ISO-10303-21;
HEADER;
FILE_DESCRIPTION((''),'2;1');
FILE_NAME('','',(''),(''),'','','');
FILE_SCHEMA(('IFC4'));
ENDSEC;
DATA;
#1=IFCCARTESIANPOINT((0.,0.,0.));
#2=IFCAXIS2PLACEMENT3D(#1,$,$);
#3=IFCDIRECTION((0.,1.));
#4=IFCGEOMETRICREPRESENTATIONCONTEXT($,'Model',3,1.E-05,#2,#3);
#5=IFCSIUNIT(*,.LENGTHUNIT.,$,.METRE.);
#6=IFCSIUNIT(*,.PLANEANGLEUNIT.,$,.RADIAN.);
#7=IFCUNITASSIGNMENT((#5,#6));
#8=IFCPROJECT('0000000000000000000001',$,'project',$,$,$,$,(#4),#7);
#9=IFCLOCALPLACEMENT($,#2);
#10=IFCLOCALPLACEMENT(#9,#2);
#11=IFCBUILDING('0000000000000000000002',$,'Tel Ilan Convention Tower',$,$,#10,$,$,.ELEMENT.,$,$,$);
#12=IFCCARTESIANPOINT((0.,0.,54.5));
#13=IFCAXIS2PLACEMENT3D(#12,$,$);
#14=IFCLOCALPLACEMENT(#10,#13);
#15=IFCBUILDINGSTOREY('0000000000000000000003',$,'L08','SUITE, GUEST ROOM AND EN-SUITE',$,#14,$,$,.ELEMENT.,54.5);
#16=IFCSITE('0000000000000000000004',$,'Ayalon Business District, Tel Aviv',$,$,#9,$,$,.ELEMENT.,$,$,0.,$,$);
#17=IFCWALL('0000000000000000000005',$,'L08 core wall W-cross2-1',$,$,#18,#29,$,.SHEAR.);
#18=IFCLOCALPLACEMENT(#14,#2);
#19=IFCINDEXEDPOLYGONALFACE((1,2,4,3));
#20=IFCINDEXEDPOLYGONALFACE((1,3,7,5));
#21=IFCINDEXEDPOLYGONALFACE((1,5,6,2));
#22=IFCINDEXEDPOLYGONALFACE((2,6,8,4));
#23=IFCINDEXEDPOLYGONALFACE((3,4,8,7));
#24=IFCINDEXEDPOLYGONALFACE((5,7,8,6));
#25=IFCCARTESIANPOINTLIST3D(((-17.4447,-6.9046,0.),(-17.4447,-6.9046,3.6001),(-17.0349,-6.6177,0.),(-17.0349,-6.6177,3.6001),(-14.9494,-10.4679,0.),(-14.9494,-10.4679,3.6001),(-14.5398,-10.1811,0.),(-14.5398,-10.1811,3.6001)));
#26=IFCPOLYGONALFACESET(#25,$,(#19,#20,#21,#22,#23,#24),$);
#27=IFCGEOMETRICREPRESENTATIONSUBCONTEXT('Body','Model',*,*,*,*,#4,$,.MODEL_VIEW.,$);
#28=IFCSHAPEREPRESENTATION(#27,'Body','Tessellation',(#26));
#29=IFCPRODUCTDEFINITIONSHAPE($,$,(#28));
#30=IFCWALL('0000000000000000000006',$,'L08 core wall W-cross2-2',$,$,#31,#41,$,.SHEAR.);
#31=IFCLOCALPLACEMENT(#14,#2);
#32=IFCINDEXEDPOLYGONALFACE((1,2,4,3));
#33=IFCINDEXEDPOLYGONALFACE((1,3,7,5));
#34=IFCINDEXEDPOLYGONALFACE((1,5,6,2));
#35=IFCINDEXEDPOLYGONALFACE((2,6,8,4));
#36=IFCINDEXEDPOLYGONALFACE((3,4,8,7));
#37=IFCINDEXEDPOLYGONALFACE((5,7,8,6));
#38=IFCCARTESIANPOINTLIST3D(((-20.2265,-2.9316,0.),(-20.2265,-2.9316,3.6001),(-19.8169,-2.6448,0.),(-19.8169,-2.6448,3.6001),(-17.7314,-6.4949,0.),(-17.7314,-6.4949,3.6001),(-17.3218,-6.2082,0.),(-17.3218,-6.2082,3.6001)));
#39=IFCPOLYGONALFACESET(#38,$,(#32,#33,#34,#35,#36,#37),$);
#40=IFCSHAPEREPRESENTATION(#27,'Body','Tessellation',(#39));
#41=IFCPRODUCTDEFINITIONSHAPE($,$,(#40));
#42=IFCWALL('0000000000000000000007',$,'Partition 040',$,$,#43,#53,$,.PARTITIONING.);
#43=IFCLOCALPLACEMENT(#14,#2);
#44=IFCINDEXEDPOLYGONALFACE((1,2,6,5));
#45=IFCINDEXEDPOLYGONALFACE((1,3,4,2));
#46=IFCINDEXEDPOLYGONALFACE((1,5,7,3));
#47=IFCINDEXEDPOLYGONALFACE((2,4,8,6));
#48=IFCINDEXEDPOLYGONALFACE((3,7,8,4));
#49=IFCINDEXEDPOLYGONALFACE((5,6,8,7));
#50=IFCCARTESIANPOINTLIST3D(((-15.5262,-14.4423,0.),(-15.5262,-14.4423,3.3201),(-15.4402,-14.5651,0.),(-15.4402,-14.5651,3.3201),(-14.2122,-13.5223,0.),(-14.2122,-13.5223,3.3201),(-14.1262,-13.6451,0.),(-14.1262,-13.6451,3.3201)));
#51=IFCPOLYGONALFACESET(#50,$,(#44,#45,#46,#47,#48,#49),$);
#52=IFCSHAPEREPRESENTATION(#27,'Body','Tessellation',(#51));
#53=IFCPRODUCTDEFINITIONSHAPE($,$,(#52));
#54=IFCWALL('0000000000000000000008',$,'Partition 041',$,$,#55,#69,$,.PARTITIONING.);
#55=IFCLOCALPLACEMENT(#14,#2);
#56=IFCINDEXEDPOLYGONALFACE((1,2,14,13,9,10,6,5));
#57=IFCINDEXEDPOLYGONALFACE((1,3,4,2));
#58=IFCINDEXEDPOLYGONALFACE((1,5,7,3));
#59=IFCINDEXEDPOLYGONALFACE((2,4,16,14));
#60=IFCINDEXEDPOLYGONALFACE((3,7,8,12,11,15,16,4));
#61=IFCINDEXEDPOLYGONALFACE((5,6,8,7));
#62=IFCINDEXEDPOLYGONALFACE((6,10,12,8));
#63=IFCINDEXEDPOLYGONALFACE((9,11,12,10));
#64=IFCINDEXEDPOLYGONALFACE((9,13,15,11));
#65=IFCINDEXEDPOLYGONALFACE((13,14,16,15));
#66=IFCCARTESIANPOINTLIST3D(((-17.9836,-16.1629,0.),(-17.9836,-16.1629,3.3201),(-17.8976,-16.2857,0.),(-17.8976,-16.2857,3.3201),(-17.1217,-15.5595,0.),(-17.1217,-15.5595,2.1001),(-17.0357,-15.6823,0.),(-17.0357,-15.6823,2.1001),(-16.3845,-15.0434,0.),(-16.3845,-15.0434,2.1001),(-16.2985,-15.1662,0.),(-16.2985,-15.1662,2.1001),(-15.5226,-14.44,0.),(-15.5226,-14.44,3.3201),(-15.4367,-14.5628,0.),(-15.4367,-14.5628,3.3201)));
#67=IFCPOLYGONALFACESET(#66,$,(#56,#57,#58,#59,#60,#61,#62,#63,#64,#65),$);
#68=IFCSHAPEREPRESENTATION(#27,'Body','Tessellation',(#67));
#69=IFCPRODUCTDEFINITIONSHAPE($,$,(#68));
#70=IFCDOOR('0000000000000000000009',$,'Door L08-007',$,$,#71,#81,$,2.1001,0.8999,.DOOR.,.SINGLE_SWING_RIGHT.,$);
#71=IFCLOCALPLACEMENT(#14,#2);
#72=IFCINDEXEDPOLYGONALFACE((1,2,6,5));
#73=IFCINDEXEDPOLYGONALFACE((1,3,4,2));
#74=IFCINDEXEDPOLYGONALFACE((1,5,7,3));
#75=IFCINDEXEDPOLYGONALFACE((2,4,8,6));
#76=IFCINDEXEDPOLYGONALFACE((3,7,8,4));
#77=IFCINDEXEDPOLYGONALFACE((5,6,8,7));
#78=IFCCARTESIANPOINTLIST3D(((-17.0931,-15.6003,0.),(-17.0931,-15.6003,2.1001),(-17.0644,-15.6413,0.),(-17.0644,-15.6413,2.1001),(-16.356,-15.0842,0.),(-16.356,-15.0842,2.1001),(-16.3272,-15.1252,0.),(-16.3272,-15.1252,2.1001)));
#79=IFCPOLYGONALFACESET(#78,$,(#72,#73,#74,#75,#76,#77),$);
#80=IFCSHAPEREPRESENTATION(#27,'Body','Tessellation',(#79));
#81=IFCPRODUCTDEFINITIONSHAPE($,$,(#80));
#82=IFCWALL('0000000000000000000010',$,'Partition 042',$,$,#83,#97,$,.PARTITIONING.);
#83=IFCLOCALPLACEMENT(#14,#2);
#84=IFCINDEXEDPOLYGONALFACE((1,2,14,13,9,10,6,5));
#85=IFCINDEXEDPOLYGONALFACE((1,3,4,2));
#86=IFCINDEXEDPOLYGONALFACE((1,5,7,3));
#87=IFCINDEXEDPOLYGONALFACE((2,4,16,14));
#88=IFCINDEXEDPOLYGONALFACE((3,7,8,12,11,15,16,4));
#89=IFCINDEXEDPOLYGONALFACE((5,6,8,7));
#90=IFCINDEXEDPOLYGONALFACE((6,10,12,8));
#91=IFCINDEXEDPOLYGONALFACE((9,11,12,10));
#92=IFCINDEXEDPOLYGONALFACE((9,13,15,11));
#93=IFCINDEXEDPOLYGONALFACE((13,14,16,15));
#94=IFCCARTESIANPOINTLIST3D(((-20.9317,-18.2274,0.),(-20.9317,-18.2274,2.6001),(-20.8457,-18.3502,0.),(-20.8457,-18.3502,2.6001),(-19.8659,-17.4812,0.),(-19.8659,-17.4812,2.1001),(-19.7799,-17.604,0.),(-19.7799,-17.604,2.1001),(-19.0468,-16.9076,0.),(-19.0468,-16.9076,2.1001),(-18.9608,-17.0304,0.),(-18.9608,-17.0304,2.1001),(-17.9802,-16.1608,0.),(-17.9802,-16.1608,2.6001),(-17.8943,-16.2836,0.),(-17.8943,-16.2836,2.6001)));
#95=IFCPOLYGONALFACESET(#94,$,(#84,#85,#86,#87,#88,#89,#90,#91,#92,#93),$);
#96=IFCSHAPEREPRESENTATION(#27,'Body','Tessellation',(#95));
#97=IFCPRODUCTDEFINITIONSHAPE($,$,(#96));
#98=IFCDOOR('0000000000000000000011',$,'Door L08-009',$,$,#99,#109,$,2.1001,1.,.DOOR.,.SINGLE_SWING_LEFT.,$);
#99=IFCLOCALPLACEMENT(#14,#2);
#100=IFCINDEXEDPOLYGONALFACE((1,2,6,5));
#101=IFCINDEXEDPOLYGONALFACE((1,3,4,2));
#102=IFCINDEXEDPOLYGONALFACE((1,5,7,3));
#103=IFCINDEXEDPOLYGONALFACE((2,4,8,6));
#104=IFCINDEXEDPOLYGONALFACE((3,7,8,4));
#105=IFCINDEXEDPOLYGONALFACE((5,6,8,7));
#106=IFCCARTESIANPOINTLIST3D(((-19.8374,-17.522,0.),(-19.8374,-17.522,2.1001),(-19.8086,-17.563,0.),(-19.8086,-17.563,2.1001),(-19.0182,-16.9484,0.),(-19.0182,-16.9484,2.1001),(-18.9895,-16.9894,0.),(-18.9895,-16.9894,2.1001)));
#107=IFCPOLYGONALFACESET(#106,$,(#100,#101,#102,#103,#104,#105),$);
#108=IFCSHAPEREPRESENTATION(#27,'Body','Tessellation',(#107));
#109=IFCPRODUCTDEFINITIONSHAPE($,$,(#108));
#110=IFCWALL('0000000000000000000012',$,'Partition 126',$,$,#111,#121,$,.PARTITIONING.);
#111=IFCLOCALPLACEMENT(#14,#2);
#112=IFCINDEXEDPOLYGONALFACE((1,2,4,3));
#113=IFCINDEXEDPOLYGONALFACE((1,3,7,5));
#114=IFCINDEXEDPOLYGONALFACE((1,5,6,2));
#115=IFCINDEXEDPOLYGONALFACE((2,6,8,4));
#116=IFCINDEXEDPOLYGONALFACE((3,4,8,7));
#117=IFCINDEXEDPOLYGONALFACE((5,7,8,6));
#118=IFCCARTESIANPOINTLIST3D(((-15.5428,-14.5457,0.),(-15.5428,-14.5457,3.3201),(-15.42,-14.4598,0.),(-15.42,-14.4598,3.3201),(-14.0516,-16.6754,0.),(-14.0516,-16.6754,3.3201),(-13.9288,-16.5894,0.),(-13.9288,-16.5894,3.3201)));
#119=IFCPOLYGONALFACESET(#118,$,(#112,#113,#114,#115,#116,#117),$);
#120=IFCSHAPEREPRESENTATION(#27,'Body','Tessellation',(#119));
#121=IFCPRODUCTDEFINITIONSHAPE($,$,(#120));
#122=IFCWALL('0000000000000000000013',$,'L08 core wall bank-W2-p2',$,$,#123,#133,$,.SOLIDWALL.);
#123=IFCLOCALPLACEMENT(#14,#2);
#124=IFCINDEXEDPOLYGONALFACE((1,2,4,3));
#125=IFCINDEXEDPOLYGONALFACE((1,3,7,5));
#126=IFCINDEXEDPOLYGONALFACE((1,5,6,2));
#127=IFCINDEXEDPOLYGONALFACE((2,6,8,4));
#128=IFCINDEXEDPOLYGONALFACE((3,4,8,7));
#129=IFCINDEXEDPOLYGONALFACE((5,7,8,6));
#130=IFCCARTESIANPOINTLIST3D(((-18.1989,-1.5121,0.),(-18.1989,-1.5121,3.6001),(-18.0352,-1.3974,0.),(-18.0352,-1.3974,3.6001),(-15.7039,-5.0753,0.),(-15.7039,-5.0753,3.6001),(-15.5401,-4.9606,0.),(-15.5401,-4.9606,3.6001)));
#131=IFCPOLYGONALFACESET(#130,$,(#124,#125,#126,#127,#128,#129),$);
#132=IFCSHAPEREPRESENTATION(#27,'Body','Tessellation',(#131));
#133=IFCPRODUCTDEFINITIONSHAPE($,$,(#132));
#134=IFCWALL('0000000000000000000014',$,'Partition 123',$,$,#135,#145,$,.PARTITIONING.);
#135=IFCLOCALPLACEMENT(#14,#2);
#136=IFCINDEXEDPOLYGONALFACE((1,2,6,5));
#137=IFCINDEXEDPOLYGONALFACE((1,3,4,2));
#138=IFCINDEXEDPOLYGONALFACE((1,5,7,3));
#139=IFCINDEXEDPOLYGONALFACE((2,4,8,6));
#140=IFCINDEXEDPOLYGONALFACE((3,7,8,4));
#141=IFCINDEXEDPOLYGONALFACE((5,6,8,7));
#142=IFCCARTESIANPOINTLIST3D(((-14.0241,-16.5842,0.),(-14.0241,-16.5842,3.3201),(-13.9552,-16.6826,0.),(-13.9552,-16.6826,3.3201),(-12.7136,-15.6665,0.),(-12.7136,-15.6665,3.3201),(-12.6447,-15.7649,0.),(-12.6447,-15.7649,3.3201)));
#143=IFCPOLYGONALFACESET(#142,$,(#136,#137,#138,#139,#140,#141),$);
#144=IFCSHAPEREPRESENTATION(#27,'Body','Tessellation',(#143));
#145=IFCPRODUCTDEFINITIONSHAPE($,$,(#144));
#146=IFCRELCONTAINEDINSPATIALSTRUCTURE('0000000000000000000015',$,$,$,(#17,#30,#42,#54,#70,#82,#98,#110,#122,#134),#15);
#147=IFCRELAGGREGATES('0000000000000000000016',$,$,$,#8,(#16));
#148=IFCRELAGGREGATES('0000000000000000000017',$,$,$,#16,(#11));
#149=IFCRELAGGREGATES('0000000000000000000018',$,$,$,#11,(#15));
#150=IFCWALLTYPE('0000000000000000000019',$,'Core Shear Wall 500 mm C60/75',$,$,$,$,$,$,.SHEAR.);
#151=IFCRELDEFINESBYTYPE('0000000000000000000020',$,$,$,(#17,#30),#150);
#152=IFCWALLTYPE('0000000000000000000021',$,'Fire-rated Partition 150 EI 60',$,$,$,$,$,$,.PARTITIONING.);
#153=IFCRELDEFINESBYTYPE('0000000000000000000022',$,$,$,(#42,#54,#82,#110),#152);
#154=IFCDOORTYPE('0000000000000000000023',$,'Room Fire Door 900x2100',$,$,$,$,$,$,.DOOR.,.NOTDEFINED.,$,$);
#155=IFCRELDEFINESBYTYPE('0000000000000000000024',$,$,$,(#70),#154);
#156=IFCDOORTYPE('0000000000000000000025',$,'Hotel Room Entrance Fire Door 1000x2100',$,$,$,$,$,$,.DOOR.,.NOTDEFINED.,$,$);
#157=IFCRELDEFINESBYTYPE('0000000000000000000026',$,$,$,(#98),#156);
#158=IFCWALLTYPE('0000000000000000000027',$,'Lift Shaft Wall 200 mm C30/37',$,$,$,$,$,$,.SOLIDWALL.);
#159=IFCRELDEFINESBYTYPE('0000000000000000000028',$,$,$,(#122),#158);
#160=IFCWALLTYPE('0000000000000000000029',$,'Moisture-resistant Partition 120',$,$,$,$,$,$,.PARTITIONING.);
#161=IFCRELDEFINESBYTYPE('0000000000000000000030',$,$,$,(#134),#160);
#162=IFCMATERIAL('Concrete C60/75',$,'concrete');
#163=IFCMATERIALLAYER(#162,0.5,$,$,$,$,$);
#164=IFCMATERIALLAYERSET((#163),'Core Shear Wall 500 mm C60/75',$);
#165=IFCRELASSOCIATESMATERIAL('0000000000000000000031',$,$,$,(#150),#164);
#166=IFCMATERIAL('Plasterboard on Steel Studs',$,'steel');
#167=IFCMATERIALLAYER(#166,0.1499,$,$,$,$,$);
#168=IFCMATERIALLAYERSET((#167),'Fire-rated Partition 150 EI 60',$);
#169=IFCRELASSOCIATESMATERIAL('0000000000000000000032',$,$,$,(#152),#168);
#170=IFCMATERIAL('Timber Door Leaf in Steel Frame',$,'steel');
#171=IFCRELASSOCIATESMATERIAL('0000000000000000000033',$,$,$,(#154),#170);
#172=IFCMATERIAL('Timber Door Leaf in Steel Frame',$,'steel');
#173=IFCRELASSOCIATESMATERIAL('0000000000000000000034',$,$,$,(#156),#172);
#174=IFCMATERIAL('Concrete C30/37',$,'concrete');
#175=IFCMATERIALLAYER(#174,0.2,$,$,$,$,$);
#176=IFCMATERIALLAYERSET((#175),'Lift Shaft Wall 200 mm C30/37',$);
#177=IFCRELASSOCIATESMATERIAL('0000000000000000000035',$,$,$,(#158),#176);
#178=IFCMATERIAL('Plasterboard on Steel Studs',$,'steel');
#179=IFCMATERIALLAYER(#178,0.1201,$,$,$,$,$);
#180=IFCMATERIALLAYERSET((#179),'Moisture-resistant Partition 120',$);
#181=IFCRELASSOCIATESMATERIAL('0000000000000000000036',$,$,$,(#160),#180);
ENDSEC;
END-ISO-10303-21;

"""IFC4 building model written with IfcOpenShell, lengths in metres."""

from ifc_helpers import new_model, si_unit, direction, frame, frame_2d, origin, place, context, subcontext, project, spatial, polyline, rectangle, outline, extrude, material, layer, layer_set, type_object, element, fill, save


model = new_model("IFC4")

# Units and contexts
model_context = context("Model", 3, precision=1e-05, world=origin(), true_north=direction((0.0, 1.0)))
body_context = subcontext(model_context, "Body", "Model", "MODEL_VIEW")
ifc_project = project(units=[si_unit("LENGTHUNIT", "METRE"), si_unit("PLANEANGLEUNIT", "RADIAN")], contexts=[model_context])

# Site, building, storey
site_placement = place(None, origin())
site = spatial("IfcSite", under=ifc_project, at=site_placement, Name="Ayalon Business District, Tel Aviv", CompositionType="ELEMENT", RefElevation=0.0)
building_placement = place(site_placement, origin())
building = spatial("IfcBuilding", under=site, at=building_placement, Name="Tel Ilan Convention Tower", CompositionType="ELEMENT")
storey_placement = place(building_placement, frame((0.0, 0.0, 54.5)))
storey = spatial("IfcBuildingStorey", under=building, at=storey_placement, Name="L08", Description="SUITE, GUEST ROOM AND EN-SUITE", CompositionType="ELEMENT", Elevation=54.5)

# Walls
ifc_material_1 = material(Name="Concrete C60/75", Category="concrete")
ifc_layer_1 = layer(ifc_material_1, 0.5)
ifc_layer_set_1 = layer_set([ifc_layer_1], Name="Core Shear Wall 500 mm C60/75")
wall_type_1 = type_object("IfcWallType", Name="Core Shear Wall 500 mm C60/75", PredefinedType="SHEAR", material=ifc_layer_set_1)
wall_1_placement = place(storey_placement, frame((-14.7446, -10.3245, 0.0), z_axis=(0.0, 0.0, 1.0), x_axis=(-0.573568, 0.819158, 0.0)))
element("IfcWall", 1, at=wall_1_placement, inside=storey, type_object=wall_type_1, Name="L08 core wall W-cross2-1", PredefinedType="SHEAR", context=body_context, shape_type="SweptSolid", body=[
    extrude(outline(polyline([(4.3501, 0.2502), (0.0, 0.25), (0.0, -0.25), (4.3501, -0.25), (4.3501, 0.2502)])), origin(), (0.0, 0.0, 1.0), 3.6001),
])
wall_2_placement = place(storey_placement, frame((-17.5266, -6.3516, 0.0), z_axis=(0.0, 0.0, 1.0), x_axis=(-0.57353, 0.819184, 0.0)))
element("IfcWall", 2, at=wall_2_placement, inside=storey, type_object=wall_type_1, Name="L08 core wall W-cross2-2", PredefinedType="SHEAR", context=body_context, shape_type="SweptSolid", body=[
    extrude(outline(polyline([(4.3501, -0.2498), (4.3501, 0.2502), (0.0, 0.25), (0.0, -0.25), (4.3501, -0.2498)])), origin(), (0.0, 0.0, 1.0), 3.6001),
])
ifc_material_2 = material(Name="Plasterboard on Steel Studs", Category="steel")
ifc_layer_2 = layer(ifc_material_2, 0.1499)
ifc_layer_set_2 = layer_set([ifc_layer_2], Name="Fire-rated Partition 150 EI 60")
wall_type_2 = type_object("IfcWallType", Name="Fire-rated Partition 150 EI 60", PredefinedType="PARTITIONING", material=ifc_layer_set_2)
wall_3_placement = place(storey_placement, frame((-14.1692, -13.5837, 0.0), z_axis=(0.0, 0.0, 1.0), x_axis=(-0.819189, -0.573524, 0.0)))
element("IfcWall", 3, at=wall_3_placement, inside=storey, type_object=wall_type_2, Name="Partition 040", PredefinedType="PARTITIONING", context=body_context, shape_type="SweptSolid", body=[
    extrude(rectangle(XDim=1.604, YDim=0.1499, at=frame_2d((0.802, 0.0))), origin(), (0.0, 0.0, 1.0), 3.3201),
])

# Walls, openings, doors
wall_4_placement = place(storey_placement, frame((-15.4797, -14.5015, 0.0), z_axis=(0.0, 0.0, 1.0), x_axis=(-0.819194, -0.573517, 0.0)))
wall_4 = element("IfcWall", 4, at=wall_4_placement, inside=storey, type_object=wall_type_2, Name="Partition 041", PredefinedType="PARTITIONING", context=body_context, shape_type="SweptSolid", body=[
    extrude(rectangle(XDim=3.0042, YDim=0.1499, at=frame_2d((1.502, 0.0))), origin(), (0.0, 0.0, 1.0), 3.3201),
])
opening_1_placement = place(wall_4_placement, frame((1.052, 0.0, 0.0)))
opening_1 = element("IfcOpeningElement", 5, at=opening_1_placement, cuts=wall_4, PredefinedType="OPENING", context=body_context, shape_type="SweptSolid", body=[
    extrude(rectangle(XDim=0.8999, YDim=2.1001, at=frame_2d((0.45, 1.05))), frame((0.0, 0.085, 0.0), z_axis=(0.0, -1.0, 0.0), x_axis=(1.0, 0.0, 0.0)), (0.0, 0.0, 1.0), 0.1699),
])
ifc_material_3 = material(Name="Timber Door Leaf in Steel Frame", Category="steel")
door_type_1 = type_object("IfcDoorType", Name="Room Fire Door 900x2100", OperationType="NOTDEFINED", PredefinedType="DOOR", material=ifc_material_3)
door_1_placement = place(opening_1_placement, origin())
door_1 = element("IfcDoor", 6, at=door_1_placement, inside=storey, type_object=door_type_1, Name="Door L08-007", OperationType="SINGLE_SWING_RIGHT", OverallHeight=2.1001, OverallWidth=0.8999, PredefinedType="DOOR", context=body_context, shape_type="SweptSolid", body=[
    extrude(rectangle(XDim=0.8999, YDim=2.1001, at=frame_2d((0.45, 1.05))), frame((0.0, 0.0249, 0.0), z_axis=(0.0, -1.0, 0.0), x_axis=(1.0, 0.0, 0.0)), (0.0, 0.0, 1.0), 0.05),
])
fill(opening_1, door_1)
wall_5_placement = place(storey_placement, frame((-17.9373, -16.2222, 0.0), z_axis=(0.0, 0.0, 1.0), x_axis=(-0.819146, -0.573585, 0.0)))
wall_5 = element("IfcWall", 7, at=wall_5_placement, inside=storey, type_object=wall_type_2, Name="Partition 042", PredefinedType="PARTITIONING", context=body_context, shape_type="SweptSolid", body=[
    extrude(rectangle(XDim=3.603, YDim=0.1499, at=frame_2d((1.8015, 0.0))), origin(), (0.0, 0.0, 1.0), 2.6001),
])
opening_2_placement = place(wall_5_placement, frame((1.302, 0.0, 0.0)))
opening_2 = element("IfcOpeningElement", 8, at=opening_2_placement, cuts=wall_5, PredefinedType="OPENING", context=body_context, shape_type="SweptSolid", body=[
    extrude(rectangle(XDim=1.0, YDim=2.1001, at=frame_2d((0.5, 1.05))), frame((0.0, 0.085, 0.0), z_axis=(0.0, -1.0, 0.0), x_axis=(1.0, 0.0, 0.0)), (0.0, 0.0, 1.0), 0.1699),
])
ifc_material_4 = material(Name="Timber Door Leaf in Steel Frame", Category="steel")
door_type_2 = type_object("IfcDoorType", Name="Hotel Room Entrance Fire Door 1000x2100", OperationType="NOTDEFINED", PredefinedType="DOOR", material=ifc_material_4)
door_2_placement = place(opening_2_placement, origin())
door_2 = element("IfcDoor", 9, at=door_2_placement, inside=storey, type_object=door_type_2, Name="Door L08-009", OperationType="SINGLE_SWING_LEFT", OverallHeight=2.1001, OverallWidth=1.0, PredefinedType="DOOR", context=body_context, shape_type="SweptSolid", body=[
    extrude(rectangle(XDim=1.0, YDim=2.1001, at=frame_2d((0.5, 1.05))), frame((0.0, 0.0249, 0.0), z_axis=(0.0, -1.0, 0.0), x_axis=(1.0, 0.0, 0.0)), (0.0, 0.0, 1.0), 0.05),
])
fill(opening_2, door_2)

# Walls
wall_6_placement = place(storey_placement, frame((-13.9902, -16.6323, 0.0), z_axis=(0.0, 0.0, 1.0), x_axis=(-0.573582, 0.819148, 0.0)))
element("IfcWall", 10, at=wall_6_placement, inside=storey, type_object=wall_type_2, Name="Partition 126", PredefinedType="PARTITIONING", context=body_context, shape_type="SweptSolid", body=[
    extrude(rectangle(XDim=2.5999, YDim=0.1499, at=frame_2d((1.2998, 0.0))), origin(), (0.0, 0.0, 1.0), 3.3201),
])
ifc_material_5 = material(Name="Concrete C30/37", Category="concrete")
ifc_layer_3 = layer(ifc_material_5, 0.2)
ifc_layer_set_3 = layer_set([ifc_layer_3], Name="Lift Shaft Wall 200 mm C30/37")
wall_type_3 = type_object("IfcWallType", Name="Lift Shaft Wall 200 mm C30/37", PredefinedType="SOLIDWALL", material=ifc_layer_set_3)
wall_7_placement = place(storey_placement, frame((-15.6221, -5.0178, 0.0), z_axis=(0.0, 0.0, 1.0), x_axis=(-0.573594, 0.81914, 0.0)))
element("IfcWall", 11, at=wall_7_placement, inside=storey, type_object=wall_type_3, Name="L08 core wall bank-W2-p2", PredefinedType="SOLIDWALL", context=body_context, shape_type="SweptSolid", body=[
    extrude(rectangle(XDim=4.3499, YDim=0.2, at=frame_2d((2.1748, 0.0))), origin(), (0.0, 0.0, 1.0), 3.6001),
])
ifc_material_6 = material(Name="Plasterboard on Steel Studs", Category="steel")
ifc_layer_4 = layer(ifc_material_6, 0.1201)
ifc_layer_set_4 = layer_set([ifc_layer_4], Name="Moisture-resistant Partition 120")
wall_type_4 = type_object("IfcWallType", Name="Moisture-resistant Partition 120", PredefinedType="PARTITIONING", material=ifc_layer_set_4)
wall_8_placement = place(storey_placement, frame((-13.9895, -16.6333, 0.0), z_axis=(0.0, 0.0, 1.0), x_axis=(0.819132, 0.573606, 0.0)))
element("IfcWall", 12, at=wall_8_placement, inside=storey, type_object=wall_type_4, Name="Partition 123", PredefinedType="PARTITIONING", context=body_context, shape_type="SweptSolid", body=[
    extrude(rectangle(XDim=1.5999, YDim=0.1201, at=frame_2d((0.7998, 0.0))), origin(), (0.0, 0.0, 1.0), 3.3201),
])

save(model, "model.ifc")
